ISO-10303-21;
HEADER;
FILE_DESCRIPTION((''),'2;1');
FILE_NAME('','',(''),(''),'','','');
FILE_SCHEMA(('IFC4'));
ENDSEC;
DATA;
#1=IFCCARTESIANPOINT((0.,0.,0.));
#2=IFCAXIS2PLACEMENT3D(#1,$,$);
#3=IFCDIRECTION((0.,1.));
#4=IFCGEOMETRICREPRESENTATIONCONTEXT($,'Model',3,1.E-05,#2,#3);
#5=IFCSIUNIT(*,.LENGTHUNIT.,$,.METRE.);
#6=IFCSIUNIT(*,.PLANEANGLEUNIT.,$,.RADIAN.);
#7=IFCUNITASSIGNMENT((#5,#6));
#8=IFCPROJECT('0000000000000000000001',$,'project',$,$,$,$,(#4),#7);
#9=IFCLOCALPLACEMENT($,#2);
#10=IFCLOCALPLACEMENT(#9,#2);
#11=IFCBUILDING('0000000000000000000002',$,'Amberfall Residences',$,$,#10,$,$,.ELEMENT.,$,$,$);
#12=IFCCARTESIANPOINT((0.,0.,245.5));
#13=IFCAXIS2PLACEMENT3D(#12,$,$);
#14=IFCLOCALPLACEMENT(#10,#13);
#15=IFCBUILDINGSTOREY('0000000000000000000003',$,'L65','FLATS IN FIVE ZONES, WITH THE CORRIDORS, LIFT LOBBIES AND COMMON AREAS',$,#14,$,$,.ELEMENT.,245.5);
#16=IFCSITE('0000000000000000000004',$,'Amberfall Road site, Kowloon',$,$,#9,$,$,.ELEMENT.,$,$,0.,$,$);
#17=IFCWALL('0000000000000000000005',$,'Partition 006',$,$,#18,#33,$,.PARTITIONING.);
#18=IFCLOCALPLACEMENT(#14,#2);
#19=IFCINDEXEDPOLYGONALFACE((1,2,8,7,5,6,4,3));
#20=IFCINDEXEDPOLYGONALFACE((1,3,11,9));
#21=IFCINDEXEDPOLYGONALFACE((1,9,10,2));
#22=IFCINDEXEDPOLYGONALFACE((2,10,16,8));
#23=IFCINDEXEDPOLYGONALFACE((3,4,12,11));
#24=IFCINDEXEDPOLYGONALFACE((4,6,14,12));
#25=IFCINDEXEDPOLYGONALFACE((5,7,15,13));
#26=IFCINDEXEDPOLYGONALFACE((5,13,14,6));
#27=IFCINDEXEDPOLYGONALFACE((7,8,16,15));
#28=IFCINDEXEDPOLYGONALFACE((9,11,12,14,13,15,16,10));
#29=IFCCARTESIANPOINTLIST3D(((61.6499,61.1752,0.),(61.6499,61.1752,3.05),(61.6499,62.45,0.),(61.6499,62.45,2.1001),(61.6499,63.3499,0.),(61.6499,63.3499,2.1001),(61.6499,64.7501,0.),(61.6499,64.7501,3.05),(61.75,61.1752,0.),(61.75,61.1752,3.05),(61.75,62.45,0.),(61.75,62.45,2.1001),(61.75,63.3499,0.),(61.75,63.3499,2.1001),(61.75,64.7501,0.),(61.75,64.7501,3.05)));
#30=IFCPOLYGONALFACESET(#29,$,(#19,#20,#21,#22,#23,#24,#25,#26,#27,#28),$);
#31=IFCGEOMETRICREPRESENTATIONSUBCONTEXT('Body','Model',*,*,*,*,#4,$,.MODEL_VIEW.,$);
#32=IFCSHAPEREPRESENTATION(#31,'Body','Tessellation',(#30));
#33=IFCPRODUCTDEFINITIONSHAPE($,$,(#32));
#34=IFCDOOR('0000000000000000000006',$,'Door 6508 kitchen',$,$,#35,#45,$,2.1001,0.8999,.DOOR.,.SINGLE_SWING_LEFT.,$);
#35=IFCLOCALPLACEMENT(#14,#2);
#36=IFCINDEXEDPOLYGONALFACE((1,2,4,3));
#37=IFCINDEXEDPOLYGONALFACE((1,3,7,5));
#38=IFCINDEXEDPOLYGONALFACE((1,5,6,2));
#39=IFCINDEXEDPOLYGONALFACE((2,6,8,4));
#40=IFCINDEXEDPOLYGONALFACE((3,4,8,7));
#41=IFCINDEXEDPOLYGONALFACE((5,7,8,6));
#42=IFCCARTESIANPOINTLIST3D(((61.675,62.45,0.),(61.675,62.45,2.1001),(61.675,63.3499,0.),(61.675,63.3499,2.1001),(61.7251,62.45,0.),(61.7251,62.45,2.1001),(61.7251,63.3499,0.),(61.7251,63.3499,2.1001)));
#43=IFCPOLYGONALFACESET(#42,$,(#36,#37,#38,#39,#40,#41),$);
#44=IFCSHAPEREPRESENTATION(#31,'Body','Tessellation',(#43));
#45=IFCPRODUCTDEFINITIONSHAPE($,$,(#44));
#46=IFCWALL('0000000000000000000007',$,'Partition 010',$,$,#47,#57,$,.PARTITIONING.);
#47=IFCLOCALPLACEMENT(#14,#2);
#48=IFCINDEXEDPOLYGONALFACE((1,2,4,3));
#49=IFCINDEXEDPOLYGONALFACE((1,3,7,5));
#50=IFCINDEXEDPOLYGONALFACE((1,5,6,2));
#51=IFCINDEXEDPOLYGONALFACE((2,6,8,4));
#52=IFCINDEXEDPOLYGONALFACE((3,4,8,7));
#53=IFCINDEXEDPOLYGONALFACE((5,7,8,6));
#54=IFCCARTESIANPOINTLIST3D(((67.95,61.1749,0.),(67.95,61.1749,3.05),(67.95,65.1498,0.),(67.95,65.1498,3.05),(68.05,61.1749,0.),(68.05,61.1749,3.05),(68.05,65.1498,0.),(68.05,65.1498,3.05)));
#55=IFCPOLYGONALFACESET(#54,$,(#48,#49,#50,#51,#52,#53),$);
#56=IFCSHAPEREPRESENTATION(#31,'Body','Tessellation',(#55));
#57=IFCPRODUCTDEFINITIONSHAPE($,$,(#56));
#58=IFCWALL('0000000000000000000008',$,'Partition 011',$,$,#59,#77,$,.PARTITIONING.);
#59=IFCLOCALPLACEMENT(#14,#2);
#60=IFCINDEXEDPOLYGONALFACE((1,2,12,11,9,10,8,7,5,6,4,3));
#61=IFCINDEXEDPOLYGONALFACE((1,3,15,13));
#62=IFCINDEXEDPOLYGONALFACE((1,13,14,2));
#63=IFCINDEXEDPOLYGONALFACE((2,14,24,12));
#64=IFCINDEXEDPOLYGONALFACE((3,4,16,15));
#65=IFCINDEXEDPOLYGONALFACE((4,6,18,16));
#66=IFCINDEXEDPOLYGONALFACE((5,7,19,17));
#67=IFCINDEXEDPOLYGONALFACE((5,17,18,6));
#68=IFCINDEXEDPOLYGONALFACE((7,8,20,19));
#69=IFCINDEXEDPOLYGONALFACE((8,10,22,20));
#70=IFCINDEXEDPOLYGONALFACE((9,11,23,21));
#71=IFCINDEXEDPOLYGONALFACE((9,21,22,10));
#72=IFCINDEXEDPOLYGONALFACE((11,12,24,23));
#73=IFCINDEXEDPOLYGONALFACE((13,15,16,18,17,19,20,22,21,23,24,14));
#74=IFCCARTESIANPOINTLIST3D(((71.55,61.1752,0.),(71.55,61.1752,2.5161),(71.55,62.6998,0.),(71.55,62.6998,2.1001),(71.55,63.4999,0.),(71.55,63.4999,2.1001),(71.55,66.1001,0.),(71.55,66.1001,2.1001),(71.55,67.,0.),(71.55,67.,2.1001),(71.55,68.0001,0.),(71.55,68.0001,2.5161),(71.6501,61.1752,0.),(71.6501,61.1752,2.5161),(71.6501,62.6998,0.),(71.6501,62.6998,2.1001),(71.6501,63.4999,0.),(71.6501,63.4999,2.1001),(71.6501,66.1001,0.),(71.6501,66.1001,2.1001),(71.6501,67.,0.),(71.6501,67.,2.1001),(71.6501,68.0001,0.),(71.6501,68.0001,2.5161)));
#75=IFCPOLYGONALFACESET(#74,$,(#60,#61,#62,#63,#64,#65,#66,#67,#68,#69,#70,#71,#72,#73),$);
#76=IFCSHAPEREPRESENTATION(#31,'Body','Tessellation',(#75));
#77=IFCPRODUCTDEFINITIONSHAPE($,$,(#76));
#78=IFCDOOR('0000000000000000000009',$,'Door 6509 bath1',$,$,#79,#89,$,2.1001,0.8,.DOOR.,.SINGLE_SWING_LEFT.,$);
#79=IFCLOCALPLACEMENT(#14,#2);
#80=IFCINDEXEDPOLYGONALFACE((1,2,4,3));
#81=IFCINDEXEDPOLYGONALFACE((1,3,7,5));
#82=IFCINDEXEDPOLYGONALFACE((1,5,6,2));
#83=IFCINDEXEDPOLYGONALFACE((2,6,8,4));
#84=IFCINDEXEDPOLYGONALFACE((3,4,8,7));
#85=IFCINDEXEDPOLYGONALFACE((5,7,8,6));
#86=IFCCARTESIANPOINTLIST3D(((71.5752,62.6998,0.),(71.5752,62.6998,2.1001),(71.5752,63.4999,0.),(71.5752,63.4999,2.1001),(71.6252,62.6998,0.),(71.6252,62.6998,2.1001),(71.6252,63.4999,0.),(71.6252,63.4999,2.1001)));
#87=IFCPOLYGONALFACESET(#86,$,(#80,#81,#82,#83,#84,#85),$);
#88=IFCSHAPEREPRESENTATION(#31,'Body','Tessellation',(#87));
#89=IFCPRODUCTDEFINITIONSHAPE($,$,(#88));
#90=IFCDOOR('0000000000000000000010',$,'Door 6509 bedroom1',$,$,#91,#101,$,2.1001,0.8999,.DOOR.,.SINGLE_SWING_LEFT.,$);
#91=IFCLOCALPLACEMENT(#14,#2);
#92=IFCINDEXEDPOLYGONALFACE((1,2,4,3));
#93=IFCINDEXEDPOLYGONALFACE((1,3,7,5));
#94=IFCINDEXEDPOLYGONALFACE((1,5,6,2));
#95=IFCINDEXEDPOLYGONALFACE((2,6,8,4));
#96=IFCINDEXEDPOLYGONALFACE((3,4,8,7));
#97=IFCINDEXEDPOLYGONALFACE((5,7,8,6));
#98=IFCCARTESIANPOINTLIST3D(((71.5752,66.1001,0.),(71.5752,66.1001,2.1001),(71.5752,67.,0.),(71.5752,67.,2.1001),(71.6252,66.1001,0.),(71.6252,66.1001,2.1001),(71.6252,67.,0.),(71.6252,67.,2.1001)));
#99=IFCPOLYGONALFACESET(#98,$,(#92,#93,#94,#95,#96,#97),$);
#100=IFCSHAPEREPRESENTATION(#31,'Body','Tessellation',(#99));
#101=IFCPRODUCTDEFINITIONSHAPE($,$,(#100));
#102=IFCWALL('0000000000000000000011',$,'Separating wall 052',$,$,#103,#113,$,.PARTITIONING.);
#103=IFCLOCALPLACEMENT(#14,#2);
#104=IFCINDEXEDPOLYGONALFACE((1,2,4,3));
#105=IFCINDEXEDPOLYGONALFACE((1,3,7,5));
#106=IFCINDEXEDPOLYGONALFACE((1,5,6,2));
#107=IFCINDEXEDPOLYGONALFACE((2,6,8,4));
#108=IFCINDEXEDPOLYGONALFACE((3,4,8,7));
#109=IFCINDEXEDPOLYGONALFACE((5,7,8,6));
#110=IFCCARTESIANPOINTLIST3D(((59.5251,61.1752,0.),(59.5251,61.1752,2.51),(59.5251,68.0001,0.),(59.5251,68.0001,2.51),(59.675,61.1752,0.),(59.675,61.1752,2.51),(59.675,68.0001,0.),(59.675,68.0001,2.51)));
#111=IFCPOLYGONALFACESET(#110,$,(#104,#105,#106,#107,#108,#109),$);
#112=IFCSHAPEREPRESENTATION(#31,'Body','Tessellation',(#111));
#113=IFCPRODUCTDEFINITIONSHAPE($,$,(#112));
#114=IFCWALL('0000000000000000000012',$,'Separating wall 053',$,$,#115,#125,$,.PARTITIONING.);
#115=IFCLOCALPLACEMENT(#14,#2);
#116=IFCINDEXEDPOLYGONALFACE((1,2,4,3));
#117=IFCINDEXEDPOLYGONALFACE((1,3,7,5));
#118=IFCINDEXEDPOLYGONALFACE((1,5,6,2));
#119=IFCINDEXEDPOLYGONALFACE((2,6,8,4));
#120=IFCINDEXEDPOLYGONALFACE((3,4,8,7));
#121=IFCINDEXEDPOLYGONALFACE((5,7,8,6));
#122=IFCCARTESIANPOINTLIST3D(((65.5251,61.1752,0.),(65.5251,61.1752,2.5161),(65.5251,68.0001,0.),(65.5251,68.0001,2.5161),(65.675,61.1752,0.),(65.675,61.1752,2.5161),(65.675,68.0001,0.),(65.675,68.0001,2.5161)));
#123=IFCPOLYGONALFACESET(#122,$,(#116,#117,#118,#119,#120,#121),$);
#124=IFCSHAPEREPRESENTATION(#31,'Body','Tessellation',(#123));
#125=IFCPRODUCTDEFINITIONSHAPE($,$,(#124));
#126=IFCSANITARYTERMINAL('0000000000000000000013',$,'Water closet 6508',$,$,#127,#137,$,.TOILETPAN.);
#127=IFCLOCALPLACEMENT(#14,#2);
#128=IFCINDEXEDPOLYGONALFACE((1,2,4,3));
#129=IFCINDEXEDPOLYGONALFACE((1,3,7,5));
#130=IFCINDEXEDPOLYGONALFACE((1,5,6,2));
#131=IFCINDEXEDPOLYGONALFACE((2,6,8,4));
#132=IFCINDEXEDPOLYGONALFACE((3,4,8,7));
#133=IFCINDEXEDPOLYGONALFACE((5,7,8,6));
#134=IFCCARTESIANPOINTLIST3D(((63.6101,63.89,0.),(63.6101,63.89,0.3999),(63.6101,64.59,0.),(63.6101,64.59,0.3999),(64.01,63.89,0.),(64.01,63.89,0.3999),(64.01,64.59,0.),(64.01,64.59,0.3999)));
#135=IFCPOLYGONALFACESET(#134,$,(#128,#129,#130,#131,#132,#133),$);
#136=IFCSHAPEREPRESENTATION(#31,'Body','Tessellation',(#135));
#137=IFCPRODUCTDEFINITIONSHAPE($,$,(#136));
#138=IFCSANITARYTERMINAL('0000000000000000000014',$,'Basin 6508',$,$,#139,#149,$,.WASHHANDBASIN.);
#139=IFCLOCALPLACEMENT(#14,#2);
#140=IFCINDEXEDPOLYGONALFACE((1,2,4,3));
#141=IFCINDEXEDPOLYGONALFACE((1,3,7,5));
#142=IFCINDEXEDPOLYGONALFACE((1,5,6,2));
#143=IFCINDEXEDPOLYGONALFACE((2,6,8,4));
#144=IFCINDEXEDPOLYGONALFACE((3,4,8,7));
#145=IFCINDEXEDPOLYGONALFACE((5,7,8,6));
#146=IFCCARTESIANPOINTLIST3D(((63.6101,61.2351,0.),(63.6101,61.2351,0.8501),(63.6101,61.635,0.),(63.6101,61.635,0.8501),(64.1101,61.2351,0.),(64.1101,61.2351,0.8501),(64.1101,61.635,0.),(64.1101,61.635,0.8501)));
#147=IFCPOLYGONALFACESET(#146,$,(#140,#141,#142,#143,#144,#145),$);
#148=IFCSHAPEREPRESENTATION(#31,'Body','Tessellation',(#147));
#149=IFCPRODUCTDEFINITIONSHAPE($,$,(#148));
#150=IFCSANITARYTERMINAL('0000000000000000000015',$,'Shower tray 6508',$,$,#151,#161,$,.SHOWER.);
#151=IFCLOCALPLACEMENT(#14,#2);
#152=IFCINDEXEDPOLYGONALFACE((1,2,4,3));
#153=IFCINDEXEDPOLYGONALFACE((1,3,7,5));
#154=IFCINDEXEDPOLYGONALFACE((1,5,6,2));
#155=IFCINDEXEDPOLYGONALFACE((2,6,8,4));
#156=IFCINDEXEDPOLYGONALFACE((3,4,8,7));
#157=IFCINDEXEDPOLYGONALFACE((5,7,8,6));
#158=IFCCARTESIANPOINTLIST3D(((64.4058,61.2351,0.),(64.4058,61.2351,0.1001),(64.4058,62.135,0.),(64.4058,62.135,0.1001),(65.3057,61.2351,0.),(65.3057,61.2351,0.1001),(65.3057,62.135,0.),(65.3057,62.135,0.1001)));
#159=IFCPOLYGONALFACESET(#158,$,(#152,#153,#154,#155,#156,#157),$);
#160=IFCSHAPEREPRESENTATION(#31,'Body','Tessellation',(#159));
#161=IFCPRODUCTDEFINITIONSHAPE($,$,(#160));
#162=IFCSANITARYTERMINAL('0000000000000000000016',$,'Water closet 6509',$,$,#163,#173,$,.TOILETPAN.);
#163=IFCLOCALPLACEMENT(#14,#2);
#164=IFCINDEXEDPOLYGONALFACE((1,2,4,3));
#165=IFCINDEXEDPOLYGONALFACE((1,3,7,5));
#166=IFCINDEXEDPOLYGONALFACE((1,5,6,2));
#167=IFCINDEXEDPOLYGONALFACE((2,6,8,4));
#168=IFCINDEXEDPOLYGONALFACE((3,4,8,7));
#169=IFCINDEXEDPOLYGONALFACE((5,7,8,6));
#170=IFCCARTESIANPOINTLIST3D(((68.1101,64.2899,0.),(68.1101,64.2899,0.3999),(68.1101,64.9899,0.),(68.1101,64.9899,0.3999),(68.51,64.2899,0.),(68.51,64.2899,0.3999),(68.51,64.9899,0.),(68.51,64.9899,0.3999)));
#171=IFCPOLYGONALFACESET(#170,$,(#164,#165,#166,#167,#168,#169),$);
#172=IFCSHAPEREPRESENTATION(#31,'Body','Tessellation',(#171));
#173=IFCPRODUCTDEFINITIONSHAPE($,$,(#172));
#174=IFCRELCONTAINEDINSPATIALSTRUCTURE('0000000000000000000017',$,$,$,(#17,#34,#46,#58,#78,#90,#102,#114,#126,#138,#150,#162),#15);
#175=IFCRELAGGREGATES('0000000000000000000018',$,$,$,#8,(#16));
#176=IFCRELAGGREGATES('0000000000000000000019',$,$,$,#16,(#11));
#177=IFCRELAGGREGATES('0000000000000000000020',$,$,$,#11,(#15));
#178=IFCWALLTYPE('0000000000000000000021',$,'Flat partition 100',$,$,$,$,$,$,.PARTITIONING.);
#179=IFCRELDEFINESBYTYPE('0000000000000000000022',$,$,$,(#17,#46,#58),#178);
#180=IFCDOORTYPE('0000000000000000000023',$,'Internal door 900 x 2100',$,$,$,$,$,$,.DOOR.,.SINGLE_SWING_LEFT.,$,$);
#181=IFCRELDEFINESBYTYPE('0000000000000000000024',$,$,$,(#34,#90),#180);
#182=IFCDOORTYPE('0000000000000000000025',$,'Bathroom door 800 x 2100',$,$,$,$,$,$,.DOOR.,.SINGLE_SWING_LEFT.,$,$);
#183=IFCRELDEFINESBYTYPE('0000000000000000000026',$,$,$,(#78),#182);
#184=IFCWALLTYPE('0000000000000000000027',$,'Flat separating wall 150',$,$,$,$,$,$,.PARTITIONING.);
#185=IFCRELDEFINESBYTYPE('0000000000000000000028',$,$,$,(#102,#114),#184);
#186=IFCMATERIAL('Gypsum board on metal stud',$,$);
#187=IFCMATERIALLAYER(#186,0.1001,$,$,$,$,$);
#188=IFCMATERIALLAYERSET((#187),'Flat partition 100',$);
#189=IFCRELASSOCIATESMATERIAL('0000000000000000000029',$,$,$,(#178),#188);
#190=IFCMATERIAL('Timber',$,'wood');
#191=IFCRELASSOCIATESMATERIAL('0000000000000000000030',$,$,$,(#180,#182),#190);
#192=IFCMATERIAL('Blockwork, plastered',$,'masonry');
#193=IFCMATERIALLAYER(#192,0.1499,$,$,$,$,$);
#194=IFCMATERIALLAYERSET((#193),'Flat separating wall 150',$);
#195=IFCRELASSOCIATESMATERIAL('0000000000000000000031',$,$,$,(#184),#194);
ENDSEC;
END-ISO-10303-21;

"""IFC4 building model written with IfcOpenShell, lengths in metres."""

from ifc_helpers import new_model, si_unit, direction, frame, frame_2d, origin, origin_2d, place, context, subcontext, project, spatial, rectangle, extrude, material, layer, layer_set, type_object, element, fill, save


model = new_model("IFC4")

# Units and contexts
model_context = context("Model", 3, precision=1e-05, world=origin(), true_north=direction((0.0, 1.0)))
body_context = subcontext(model_context, "Body", "Model", "MODEL_VIEW")
ifc_project = project(units=[si_unit("LENGTHUNIT", "METRE"), si_unit("PLANEANGLEUNIT", "RADIAN")], contexts=[model_context])

# Site, building, storey
site_placement = place(None, origin())
site = spatial("IfcSite", under=ifc_project, at=site_placement, Name="Amberfall Road site, Kowloon", CompositionType="ELEMENT", RefElevation=0.0)
building_placement = place(site_placement, origin())
building = spatial("IfcBuilding", under=site, at=building_placement, Name="Amberfall Residences", CompositionType="ELEMENT")
storey_placement = place(building_placement, frame((0.0, 0.0, 245.5)))
storey = spatial("IfcBuildingStorey", under=building, at=storey_placement, Name="L65", Description="FLATS IN FIVE ZONES, WITH THE CORRIDORS, LIFT LOBBIES AND COMMON AREAS", CompositionType="ELEMENT", Elevation=245.5)

# Wall, opening, door
ifc_material_1 = material(Name="Gypsum board on metal stud")
ifc_layer_1 = layer(ifc_material_1, 0.1001)
ifc_layer_set_1 = layer_set([ifc_layer_1], Name="Flat partition 100")
wall_type_1 = type_object("IfcWallType", Name="Flat partition 100", PredefinedType="PARTITIONING", material=ifc_layer_set_1)
wall_1_placement = place(storey_placement, frame((61.7, 61.175, 0.0), z_axis=(0.0, 0.0, 1.0), x_axis=(0.0, 1.0, 0.0)))
wall_1 = element("IfcWall", 1, at=wall_1_placement, inside=storey, type_object=wall_type_1, Name="Partition 006", PredefinedType="PARTITIONING", context=body_context, shape_type="SweptSolid", body=[
    extrude(rectangle(XDim=3.575, YDim=0.1001, at=frame_2d((1.7876, 0.0))), origin(), (0.0, 0.0, 1.0), 3.05),
])
opening_1_placement = place(wall_1_placement, frame((1.2749, 0.0, 0.0)))
opening_1 = element("IfcOpeningElement", 2, at=opening_1_placement, cuts=wall_1, PredefinedType="OPENING", context=body_context, shape_type="SweptSolid", body=[
    extrude(rectangle(XDim=0.8999, YDim=2.1001, at=frame_2d((0.45, 1.05))), frame((0.0, 0.0601, 0.0), z_axis=(0.0, -1.0, 0.0), x_axis=(1.0, 0.0, 0.0)), (0.0, 0.0, 1.0), 0.1201),
])
ifc_material_2 = material(Name="Timber", Category="wood")
door_type_1 = type_object("IfcDoorType", Name="Internal door 900 x 2100", OperationType="SINGLE_SWING_LEFT", PredefinedType="DOOR", material=ifc_material_2)
door_1_placement = place(opening_1_placement, origin())
door_1 = element("IfcDoor", 3, at=door_1_placement, inside=storey, type_object=door_type_1, Name="Door 6508 kitchen", OperationType="SINGLE_SWING_LEFT", OverallHeight=2.1001, OverallWidth=0.8999, PredefinedType="DOOR", context=body_context, shape_type="SweptSolid", body=[
    extrude(rectangle(XDim=0.8999, YDim=2.1001, at=frame_2d((0.45, 1.05))), frame((0.0, 0.0249, 0.0), z_axis=(0.0, -1.0, 0.0), x_axis=(1.0, 0.0, 0.0)), (0.0, 0.0, 1.0), 0.05),
])
fill(opening_1, door_1)

# Wall
wall_2_placement = place(storey_placement, frame((68.0, 61.175, 0.0), z_axis=(0.0, 0.0, 1.0), x_axis=(0.0, 1.0, 0.0)))
element("IfcWall", 4, at=wall_2_placement, inside=storey, type_object=wall_type_1, Name="Partition 010", PredefinedType="PARTITIONING", context=body_context, shape_type="SweptSolid", body=[
    extrude(rectangle(XDim=3.9749, YDim=0.1001, at=frame_2d((1.9873, 0.0))), origin(), (0.0, 0.0, 1.0), 3.05),
])

# Wall, openings, doors
wall_3_placement = place(storey_placement, frame((71.6001, 61.175, 0.0), z_axis=(0.0, 0.0, 1.0), x_axis=(0.0, 1.0, 0.0)))
wall_3 = element("IfcWall", 5, at=wall_3_placement, inside=storey, type_object=wall_type_1, Name="Partition 011", PredefinedType="PARTITIONING", context=body_context, shape_type="SweptSolid", body=[
    extrude(rectangle(XDim=6.825, YDim=0.1001, at=frame_2d((3.4126, 0.0))), origin(), (0.0, 0.0, 1.0), 2.5161),
])
opening_2_placement = place(wall_3_placement, frame((4.925, 0.0, 0.0)))
opening_2 = element("IfcOpeningElement", 6, at=opening_2_placement, cuts=wall_3, PredefinedType="OPENING", context=body_context, shape_type="SweptSolid", body=[
    extrude(rectangle(XDim=0.8999, YDim=2.1001, at=frame_2d((0.45, 1.05))), frame((0.0, 0.0601, 0.0), z_axis=(0.0, -1.0, 0.0), x_axis=(1.0, 0.0, 0.0)), (0.0, 0.0, 1.0), 0.1201),
])
opening_3_placement = place(wall_3_placement, frame((1.5249, 0.0, 0.0)))
opening_3 = element("IfcOpeningElement", 7, at=opening_3_placement, cuts=wall_3, PredefinedType="OPENING", context=body_context, shape_type="SweptSolid", body=[
    extrude(rectangle(XDim=0.8, YDim=2.1001, at=frame_2d((0.3999, 1.05))), frame((0.0, 0.0601, 0.0), z_axis=(0.0, -1.0, 0.0), x_axis=(1.0, 0.0, 0.0)), (0.0, 0.0, 1.0), 0.1201),
])
door_type_2 = type_object("IfcDoorType", Name="Bathroom door 800 x 2100", OperationType="SINGLE_SWING_LEFT", PredefinedType="DOOR", material=ifc_material_2)
door_2_placement = place(opening_3_placement, origin())
door_2 = element("IfcDoor", 8, at=door_2_placement, inside=storey, type_object=door_type_2, Name="Door 6509 bath1", OperationType="SINGLE_SWING_LEFT", OverallHeight=2.1001, OverallWidth=0.8, PredefinedType="DOOR", context=body_context, shape_type="SweptSolid", body=[
    extrude(rectangle(XDim=0.8, YDim=2.1001, at=frame_2d((0.3999, 1.05))), frame((0.0, 0.0249, 0.0), z_axis=(0.0, -1.0, 0.0), x_axis=(1.0, 0.0, 0.0)), (0.0, 0.0, 1.0), 0.05),
])
fill(opening_3, door_2)
door_3_placement = place(opening_2_placement, origin())
door_3 = element("IfcDoor", 9, at=door_3_placement, inside=storey, type_object=door_type_1, Name="Door 6509 bedroom1", OperationType="SINGLE_SWING_LEFT", OverallHeight=2.1001, OverallWidth=0.8999, PredefinedType="DOOR", context=body_context, shape_type="SweptSolid", body=[
    extrude(rectangle(XDim=0.8999, YDim=2.1001, at=frame_2d((0.45, 1.05))), frame((0.0, 0.0249, 0.0), z_axis=(0.0, -1.0, 0.0), x_axis=(1.0, 0.0, 0.0)), (0.0, 0.0, 1.0), 0.05),
])
fill(opening_2, door_3)

# Walls
ifc_material_3 = material(Name="Blockwork, plastered", Category="masonry")
ifc_layer_2 = layer(ifc_material_3, 0.1499)
ifc_layer_set_2 = layer_set([ifc_layer_2], Name="Flat separating wall 150")
wall_type_2 = type_object("IfcWallType", Name="Flat separating wall 150", PredefinedType="PARTITIONING", material=ifc_layer_set_2)
wall_4_placement = place(storey_placement, frame((59.6001, 61.175, 0.0), z_axis=(0.0, 0.0, 1.0), x_axis=(0.0, 1.0, 0.0)))
element("IfcWall", 10, at=wall_4_placement, inside=storey, type_object=wall_type_2, Name="Separating wall 052", PredefinedType="PARTITIONING", context=body_context, shape_type="SweptSolid", body=[
    extrude(rectangle(XDim=6.825, YDim=0.1499, at=frame_2d((3.4126, 0.0))), origin(), (0.0, 0.0, 1.0), 2.51),
])
wall_5_placement = place(storey_placement, frame((65.6001, 61.175, 0.0), z_axis=(0.0, 0.0, 1.0), x_axis=(0.0, 1.0, 0.0)))
element("IfcWall", 11, at=wall_5_placement, inside=storey, type_object=wall_type_2, Name="Separating wall 053", PredefinedType="PARTITIONING", context=body_context, shape_type="SweptSolid", body=[
    extrude(rectangle(XDim=6.825, YDim=0.1499, at=frame_2d((3.4126, 0.0))), origin(), (0.0, 0.0, 1.0), 2.5161),
])

# Sanitary terminals
sanitary_terminal_1_placement = place(storey_placement, frame((63.8101, 64.24, 0.0), z_axis=(0.0, 0.0, 1.0), x_axis=(1.0, 0.0, 0.0)))
element("IfcSanitaryTerminal", 12, at=sanitary_terminal_1_placement, inside=storey, Name="Water closet 6508", PredefinedType="TOILETPAN", context=body_context, shape_type="SweptSolid", body=[
    extrude(rectangle(XDim=0.3999, YDim=0.7, at=origin_2d()), origin(), (0.0, 0.0, 1.0), 0.3999),
])
sanitary_terminal_2_placement = place(storey_placement, frame((63.8601, 61.4351, 0.0), z_axis=(0.0, 0.0, 1.0), x_axis=(1.0, 0.0, 0.0)))
element("IfcSanitaryTerminal", 13, at=sanitary_terminal_2_placement, inside=storey, Name="Basin 6508", PredefinedType="WASHHANDBASIN", context=body_context, shape_type="SweptSolid", body=[
    extrude(rectangle(XDim=0.5, YDim=0.3999, at=origin_2d()), origin(), (0.0, 0.0, 1.0), 0.8501),
])
sanitary_terminal_3_placement = place(storey_placement, frame((64.8557, 61.6851, 0.0), z_axis=(0.0, 0.0, 1.0), x_axis=(1.0, 0.0, 0.0)))
element("IfcSanitaryTerminal", 14, at=sanitary_terminal_3_placement, inside=storey, Name="Shower tray 6508", PredefinedType="SHOWER", context=body_context, shape_type="SweptSolid", body=[
    extrude(rectangle(XDim=0.8999, YDim=0.8999, at=origin_2d()), origin(), (0.0, 0.0, 1.0), 0.1001),
])
sanitary_terminal_4_placement = place(storey_placement, frame((68.3101, 64.6399, 0.0), z_axis=(0.0, 0.0, 1.0), x_axis=(1.0, 0.0, 0.0)))
element("IfcSanitaryTerminal", 15, at=sanitary_terminal_4_placement, inside=storey, Name="Water closet 6509", PredefinedType="TOILETPAN", context=body_context, shape_type="SweptSolid", body=[
    extrude(rectangle(XDim=0.3999, YDim=0.7, at=origin_2d()), origin(), (0.0, 0.0, 1.0), 0.3999),
])

save(model, "model.ifc")
